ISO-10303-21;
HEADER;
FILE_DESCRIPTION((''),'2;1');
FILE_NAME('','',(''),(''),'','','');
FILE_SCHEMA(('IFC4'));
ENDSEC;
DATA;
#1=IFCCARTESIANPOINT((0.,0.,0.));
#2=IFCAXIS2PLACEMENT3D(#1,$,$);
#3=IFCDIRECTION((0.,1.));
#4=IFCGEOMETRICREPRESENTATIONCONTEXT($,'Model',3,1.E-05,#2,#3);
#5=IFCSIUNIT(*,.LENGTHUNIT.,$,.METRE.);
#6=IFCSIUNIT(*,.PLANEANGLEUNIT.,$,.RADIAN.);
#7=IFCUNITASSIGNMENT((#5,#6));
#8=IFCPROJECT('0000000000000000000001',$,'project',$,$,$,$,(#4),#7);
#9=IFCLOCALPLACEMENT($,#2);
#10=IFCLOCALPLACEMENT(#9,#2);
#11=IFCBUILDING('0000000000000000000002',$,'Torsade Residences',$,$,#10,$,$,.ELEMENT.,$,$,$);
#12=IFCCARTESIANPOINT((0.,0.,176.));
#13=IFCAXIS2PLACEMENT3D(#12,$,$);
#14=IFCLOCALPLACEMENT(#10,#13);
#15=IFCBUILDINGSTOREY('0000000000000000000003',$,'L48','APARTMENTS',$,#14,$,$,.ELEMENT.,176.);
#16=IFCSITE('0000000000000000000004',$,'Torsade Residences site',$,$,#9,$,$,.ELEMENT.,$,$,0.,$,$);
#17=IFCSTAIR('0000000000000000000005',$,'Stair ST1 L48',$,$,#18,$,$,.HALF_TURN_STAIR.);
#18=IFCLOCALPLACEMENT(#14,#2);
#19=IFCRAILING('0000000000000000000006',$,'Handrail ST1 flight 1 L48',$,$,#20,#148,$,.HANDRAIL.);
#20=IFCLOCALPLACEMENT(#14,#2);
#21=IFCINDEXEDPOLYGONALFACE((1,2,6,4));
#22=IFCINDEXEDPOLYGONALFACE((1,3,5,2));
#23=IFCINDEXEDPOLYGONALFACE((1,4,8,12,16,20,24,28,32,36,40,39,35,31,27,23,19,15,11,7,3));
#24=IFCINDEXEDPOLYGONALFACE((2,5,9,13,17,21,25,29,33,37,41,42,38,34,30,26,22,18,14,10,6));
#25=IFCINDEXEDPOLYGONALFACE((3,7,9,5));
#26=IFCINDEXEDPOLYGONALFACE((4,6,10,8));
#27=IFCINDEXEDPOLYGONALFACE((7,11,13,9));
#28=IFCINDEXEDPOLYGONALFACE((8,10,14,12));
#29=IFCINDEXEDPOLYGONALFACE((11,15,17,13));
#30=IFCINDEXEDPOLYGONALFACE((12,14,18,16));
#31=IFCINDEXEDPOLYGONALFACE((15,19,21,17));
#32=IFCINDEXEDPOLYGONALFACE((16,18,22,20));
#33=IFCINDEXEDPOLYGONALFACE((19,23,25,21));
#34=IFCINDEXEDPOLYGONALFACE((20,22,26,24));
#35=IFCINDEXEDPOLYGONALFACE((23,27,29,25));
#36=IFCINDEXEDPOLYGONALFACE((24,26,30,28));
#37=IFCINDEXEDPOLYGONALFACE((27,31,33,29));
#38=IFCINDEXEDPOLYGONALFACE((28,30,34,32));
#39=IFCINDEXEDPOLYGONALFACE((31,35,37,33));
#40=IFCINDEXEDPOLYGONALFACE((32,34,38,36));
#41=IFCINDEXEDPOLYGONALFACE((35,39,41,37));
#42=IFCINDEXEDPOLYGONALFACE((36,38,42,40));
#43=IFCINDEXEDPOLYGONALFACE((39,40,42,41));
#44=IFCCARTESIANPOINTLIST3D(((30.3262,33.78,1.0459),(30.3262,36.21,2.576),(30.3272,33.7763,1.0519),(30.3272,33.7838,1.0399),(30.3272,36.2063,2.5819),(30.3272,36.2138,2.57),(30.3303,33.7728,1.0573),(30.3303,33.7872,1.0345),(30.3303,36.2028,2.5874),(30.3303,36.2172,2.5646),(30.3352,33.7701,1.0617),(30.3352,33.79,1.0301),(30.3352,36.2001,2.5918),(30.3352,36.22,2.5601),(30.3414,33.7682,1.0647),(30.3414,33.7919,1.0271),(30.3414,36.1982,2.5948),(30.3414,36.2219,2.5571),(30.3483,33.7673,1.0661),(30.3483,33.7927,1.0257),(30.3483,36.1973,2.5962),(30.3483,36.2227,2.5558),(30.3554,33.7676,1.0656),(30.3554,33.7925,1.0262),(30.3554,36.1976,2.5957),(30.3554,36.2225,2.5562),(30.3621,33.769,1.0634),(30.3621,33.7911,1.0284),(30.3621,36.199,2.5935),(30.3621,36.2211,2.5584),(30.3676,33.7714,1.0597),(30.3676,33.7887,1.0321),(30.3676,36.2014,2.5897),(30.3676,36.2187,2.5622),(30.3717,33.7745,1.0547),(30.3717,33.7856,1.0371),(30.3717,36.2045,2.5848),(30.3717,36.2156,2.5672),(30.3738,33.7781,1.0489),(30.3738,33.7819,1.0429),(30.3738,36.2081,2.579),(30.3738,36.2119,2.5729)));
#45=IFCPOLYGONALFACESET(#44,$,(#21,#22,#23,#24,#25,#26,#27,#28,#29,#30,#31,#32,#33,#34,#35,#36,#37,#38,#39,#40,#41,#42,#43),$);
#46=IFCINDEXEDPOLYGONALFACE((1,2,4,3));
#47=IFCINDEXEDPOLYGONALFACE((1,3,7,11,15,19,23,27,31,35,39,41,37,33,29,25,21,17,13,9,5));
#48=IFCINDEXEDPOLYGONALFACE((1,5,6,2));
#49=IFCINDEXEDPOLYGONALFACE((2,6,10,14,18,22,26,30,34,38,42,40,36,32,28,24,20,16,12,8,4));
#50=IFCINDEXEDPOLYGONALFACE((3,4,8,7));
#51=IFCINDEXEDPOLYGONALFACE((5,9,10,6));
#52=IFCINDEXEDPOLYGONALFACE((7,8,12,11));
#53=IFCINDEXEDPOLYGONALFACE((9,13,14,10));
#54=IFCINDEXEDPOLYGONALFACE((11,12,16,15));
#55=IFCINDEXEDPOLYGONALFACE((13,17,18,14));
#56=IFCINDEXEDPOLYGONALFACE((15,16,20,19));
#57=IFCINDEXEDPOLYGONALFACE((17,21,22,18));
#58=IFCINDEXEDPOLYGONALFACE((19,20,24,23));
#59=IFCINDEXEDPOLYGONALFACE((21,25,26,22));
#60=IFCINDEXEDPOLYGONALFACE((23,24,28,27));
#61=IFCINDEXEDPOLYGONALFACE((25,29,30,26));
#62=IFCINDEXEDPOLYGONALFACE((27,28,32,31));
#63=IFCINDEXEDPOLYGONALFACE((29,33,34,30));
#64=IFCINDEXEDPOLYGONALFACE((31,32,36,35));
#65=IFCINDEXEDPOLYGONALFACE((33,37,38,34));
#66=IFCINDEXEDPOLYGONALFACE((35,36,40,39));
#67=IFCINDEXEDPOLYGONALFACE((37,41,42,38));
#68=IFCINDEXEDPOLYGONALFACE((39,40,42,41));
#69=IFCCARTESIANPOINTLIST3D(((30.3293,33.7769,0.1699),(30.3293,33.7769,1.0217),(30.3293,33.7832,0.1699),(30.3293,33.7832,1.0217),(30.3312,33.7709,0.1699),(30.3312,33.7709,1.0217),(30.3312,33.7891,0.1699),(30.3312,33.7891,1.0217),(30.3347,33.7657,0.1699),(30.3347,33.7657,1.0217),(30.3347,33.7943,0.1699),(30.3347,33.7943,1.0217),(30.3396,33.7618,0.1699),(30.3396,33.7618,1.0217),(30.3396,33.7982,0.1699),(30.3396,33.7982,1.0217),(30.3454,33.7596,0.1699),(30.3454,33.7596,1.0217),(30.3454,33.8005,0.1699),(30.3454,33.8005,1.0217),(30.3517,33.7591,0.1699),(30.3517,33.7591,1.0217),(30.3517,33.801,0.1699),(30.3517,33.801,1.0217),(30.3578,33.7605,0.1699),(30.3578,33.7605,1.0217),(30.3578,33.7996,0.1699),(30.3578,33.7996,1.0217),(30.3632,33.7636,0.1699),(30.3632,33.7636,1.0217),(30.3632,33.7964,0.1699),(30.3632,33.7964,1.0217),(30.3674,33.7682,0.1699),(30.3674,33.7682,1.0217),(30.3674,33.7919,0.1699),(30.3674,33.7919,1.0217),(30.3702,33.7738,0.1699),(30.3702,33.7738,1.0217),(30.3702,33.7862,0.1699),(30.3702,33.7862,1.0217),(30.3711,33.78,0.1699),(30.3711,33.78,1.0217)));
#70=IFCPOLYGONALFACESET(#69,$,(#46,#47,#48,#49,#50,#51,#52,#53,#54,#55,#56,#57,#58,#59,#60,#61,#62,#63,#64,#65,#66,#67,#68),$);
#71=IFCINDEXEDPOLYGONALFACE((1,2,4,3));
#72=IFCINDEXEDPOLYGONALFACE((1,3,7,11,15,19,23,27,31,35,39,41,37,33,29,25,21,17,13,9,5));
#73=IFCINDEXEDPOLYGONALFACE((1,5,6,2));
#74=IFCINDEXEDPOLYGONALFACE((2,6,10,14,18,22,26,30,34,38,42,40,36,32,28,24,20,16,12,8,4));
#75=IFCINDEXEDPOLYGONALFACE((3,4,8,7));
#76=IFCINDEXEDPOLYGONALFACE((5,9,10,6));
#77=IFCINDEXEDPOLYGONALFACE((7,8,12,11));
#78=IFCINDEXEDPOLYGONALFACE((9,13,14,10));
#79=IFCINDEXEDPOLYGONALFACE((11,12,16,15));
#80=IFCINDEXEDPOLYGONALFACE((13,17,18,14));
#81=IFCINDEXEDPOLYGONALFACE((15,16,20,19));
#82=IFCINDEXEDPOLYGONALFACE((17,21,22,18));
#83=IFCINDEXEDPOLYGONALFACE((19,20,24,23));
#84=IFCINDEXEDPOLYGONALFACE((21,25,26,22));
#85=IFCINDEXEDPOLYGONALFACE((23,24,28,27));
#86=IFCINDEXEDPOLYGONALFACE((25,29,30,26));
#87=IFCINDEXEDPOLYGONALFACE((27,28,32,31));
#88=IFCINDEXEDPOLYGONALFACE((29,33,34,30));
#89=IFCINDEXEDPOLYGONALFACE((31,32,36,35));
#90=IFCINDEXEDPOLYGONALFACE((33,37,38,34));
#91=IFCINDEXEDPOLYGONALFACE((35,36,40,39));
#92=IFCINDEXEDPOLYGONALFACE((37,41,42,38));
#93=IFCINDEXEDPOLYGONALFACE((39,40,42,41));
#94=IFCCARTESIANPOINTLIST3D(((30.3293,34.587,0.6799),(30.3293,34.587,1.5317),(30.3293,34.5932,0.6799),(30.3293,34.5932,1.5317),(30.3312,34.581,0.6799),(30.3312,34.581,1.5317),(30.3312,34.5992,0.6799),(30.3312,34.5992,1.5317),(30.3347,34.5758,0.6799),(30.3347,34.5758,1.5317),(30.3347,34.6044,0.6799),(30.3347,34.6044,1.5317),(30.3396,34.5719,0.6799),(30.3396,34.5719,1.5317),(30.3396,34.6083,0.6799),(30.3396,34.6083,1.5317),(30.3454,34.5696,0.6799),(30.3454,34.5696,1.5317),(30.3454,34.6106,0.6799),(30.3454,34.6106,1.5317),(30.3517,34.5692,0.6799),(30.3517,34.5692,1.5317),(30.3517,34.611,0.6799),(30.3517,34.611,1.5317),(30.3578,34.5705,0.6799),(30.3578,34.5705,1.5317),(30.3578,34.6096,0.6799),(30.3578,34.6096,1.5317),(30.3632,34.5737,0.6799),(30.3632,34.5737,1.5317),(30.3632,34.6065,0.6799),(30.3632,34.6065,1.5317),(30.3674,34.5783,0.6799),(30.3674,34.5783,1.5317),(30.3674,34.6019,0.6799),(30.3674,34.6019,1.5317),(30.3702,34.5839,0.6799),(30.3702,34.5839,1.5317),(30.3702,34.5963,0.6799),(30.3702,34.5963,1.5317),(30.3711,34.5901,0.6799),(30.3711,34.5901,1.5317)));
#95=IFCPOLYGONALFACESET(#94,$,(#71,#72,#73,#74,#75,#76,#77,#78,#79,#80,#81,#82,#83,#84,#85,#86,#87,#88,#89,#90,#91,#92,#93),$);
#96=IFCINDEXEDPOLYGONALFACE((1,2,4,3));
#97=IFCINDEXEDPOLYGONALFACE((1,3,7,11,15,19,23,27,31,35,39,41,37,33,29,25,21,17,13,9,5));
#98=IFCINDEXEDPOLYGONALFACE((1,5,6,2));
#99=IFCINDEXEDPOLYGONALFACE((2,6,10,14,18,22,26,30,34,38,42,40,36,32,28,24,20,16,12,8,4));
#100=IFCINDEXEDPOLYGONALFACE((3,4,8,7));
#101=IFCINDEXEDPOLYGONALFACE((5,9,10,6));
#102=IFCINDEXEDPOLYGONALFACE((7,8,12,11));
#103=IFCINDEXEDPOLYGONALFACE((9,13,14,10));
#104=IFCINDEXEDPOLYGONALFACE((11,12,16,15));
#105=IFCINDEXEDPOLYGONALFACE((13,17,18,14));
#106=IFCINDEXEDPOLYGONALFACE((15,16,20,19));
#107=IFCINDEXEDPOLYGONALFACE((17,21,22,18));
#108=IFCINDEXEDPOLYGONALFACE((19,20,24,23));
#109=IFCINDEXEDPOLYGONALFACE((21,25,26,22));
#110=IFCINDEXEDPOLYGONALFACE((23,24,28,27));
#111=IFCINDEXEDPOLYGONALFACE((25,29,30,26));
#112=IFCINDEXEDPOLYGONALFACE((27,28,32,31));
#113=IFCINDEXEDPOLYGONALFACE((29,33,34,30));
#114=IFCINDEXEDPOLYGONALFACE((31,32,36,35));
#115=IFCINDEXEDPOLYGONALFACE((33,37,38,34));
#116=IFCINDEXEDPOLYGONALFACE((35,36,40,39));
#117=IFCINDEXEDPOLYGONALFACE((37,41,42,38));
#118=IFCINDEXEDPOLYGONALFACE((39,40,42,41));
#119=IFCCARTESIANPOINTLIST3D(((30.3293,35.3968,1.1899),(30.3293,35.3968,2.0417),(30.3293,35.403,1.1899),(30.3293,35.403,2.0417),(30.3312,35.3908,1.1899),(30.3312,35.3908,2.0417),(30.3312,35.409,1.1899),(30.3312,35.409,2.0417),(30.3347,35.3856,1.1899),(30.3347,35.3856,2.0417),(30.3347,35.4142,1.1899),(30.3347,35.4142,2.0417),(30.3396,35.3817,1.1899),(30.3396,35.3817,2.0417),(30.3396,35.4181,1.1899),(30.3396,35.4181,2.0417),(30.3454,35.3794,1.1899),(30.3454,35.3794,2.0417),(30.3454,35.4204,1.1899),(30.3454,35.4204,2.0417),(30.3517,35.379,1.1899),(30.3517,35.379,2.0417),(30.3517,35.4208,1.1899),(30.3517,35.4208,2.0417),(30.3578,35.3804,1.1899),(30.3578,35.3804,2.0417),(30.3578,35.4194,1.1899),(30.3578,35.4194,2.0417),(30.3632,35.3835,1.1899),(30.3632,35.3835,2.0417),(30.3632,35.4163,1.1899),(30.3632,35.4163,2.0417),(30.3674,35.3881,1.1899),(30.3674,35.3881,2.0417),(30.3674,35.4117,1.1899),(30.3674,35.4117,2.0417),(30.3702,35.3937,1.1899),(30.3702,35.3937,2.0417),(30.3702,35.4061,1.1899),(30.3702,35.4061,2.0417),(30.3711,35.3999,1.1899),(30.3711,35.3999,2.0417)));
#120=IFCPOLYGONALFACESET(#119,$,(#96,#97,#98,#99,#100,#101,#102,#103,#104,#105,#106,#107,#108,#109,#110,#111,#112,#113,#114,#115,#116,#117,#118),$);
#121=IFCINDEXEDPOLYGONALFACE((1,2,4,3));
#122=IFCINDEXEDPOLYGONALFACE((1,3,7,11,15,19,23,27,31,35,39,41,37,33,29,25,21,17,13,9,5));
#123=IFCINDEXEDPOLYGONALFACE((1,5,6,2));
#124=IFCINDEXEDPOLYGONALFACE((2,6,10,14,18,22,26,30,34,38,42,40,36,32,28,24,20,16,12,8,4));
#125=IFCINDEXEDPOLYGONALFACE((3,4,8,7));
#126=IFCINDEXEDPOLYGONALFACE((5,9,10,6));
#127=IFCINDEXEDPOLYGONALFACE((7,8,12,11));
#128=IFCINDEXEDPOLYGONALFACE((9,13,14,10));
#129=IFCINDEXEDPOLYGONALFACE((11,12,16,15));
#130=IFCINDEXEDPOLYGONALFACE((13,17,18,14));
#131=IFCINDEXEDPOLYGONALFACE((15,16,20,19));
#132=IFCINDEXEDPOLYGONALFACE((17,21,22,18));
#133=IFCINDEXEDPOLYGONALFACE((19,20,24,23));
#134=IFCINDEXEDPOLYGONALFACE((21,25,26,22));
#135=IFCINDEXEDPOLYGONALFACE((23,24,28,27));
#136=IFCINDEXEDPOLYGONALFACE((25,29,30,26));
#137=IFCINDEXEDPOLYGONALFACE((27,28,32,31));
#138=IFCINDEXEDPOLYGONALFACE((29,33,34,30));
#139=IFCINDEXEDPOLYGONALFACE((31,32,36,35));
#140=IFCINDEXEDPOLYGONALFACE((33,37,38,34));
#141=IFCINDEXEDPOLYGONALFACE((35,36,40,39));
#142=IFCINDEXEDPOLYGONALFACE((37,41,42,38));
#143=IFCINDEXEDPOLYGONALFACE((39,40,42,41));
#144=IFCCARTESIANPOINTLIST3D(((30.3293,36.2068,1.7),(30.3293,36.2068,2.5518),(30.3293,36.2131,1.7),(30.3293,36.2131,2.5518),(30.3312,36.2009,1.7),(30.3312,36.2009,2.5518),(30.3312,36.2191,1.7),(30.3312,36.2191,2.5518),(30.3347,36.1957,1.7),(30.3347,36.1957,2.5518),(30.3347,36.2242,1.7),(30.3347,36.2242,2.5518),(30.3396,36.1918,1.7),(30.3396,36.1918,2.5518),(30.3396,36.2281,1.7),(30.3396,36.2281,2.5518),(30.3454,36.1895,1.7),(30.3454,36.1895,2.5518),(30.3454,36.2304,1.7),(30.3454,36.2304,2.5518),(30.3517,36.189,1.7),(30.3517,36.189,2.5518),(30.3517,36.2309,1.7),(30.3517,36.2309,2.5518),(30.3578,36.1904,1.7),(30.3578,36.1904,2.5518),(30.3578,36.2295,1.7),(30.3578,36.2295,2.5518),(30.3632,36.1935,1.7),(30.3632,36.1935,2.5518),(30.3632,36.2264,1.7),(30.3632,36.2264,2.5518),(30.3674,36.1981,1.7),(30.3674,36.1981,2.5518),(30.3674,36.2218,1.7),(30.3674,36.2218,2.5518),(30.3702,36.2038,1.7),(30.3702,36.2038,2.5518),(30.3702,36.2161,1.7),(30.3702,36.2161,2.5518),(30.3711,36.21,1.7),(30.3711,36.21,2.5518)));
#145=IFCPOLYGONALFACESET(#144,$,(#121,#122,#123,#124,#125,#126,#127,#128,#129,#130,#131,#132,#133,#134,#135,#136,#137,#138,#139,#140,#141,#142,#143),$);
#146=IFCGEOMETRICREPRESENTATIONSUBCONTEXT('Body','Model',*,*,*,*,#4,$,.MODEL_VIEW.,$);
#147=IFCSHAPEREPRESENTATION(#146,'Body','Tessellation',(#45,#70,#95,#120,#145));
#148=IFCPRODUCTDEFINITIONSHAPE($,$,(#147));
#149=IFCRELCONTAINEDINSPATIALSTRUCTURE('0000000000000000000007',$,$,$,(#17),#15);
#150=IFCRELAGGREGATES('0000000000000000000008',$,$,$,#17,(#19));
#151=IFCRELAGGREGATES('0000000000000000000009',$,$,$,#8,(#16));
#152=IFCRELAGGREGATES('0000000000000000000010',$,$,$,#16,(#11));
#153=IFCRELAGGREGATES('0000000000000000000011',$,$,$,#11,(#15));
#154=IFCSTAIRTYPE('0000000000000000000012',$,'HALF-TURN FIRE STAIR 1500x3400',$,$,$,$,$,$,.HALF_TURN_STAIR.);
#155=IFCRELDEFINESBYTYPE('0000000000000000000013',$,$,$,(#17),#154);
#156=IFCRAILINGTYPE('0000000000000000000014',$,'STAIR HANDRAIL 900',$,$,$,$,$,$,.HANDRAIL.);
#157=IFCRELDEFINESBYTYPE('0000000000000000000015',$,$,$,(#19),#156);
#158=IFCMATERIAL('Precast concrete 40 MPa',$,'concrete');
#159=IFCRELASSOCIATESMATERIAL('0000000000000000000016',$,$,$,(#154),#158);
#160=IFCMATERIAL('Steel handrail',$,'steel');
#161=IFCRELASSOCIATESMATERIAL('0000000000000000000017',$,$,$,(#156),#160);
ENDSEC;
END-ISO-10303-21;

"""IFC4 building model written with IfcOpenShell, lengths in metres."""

from ifc_helpers import new_model, si_unit, direction, frame, origin, origin_2d, place, context, subcontext, project, spatial, circle, extrude, material, type_object, element, aggregate, save


model = new_model("IFC4")

# Units and contexts
model_context = context("Model", 3, precision=1e-05, world=origin(), true_north=direction((0.0, 1.0)))
body_context = subcontext(model_context, "Body", "Model", "MODEL_VIEW")
ifc_project = project(units=[si_unit("LENGTHUNIT", "METRE"), si_unit("PLANEANGLEUNIT", "RADIAN")], contexts=[model_context])

# Site, building, storey
site_placement = place(None, origin())
site = spatial("IfcSite", under=ifc_project, at=site_placement, Name="Torsade Residences site", CompositionType="ELEMENT", RefElevation=0.0)
building_placement = place(site_placement, origin())
building = spatial("IfcBuilding", under=site, at=building_placement, Name="Torsade Residences", CompositionType="ELEMENT")
storey_placement = place(building_placement, frame((0.0, 0.0, 176.0)))
storey = spatial("IfcBuildingStorey", under=building, at=storey_placement, Name="L48", Description="APARTMENTS", CompositionType="ELEMENT", Elevation=176.0)

# Stair, railing
ifc_material_1 = material(Name="Precast concrete 40 MPa", Category="concrete")
stair_type = type_object("IfcStairType", Name="HALF-TURN FIRE STAIR 1500x3400", PredefinedType="HALF_TURN_STAIR", material=ifc_material_1)
stair_placement = place(storey_placement, origin())
stair = element("IfcStair", 1, at=stair_placement, inside=storey, type_object=stair_type, Name="Stair ST1 L48", PredefinedType="HALF_TURN_STAIR")
ifc_material_2 = material(Name="Steel handrail", Category="steel")
railing_type = type_object("IfcRailingType", Name="STAIR HANDRAIL 900", PredefinedType="HANDRAIL", material=ifc_material_2)
railing_placement = place(storey_placement, frame((30.3501, 33.78, 0.1699)))
railing = element("IfcRailing", 2, at=railing_placement, type_object=railing_type, Name="Handrail ST1 flight 1 L48", PredefinedType="HANDRAIL", context=body_context, shape_type="SweptSolid", body=[
    extrude(circle(Radius=0.0239, at=origin_2d()), frame((0.0, 0.0, 0.876), z_axis=(0.0, 0.846221, 0.532831), x_axis=(-1.0, 0.0, 0.0)), (0.0, 0.0, 1.0), 2.8716),
    extrude(circle(Radius=0.021, at=origin_2d()), origin(), (0.0, 0.0, 1.0), 0.8518),
    extrude(circle(Radius=0.021, at=origin_2d()), frame((0.0, 0.8101, 0.51)), (0.0, 0.0, 1.0), 0.8518),
    extrude(circle(Radius=0.021, at=origin_2d()), frame((0.0, 1.6199, 1.02)), (0.0, 0.0, 1.0), 0.8518),
    extrude(circle(Radius=0.021, at=origin_2d()), frame((0.0, 2.4299, 1.53)), (0.0, 0.0, 1.0), 0.8518),
])
aggregate(stair, [railing])

save(model, "model.ifc")
